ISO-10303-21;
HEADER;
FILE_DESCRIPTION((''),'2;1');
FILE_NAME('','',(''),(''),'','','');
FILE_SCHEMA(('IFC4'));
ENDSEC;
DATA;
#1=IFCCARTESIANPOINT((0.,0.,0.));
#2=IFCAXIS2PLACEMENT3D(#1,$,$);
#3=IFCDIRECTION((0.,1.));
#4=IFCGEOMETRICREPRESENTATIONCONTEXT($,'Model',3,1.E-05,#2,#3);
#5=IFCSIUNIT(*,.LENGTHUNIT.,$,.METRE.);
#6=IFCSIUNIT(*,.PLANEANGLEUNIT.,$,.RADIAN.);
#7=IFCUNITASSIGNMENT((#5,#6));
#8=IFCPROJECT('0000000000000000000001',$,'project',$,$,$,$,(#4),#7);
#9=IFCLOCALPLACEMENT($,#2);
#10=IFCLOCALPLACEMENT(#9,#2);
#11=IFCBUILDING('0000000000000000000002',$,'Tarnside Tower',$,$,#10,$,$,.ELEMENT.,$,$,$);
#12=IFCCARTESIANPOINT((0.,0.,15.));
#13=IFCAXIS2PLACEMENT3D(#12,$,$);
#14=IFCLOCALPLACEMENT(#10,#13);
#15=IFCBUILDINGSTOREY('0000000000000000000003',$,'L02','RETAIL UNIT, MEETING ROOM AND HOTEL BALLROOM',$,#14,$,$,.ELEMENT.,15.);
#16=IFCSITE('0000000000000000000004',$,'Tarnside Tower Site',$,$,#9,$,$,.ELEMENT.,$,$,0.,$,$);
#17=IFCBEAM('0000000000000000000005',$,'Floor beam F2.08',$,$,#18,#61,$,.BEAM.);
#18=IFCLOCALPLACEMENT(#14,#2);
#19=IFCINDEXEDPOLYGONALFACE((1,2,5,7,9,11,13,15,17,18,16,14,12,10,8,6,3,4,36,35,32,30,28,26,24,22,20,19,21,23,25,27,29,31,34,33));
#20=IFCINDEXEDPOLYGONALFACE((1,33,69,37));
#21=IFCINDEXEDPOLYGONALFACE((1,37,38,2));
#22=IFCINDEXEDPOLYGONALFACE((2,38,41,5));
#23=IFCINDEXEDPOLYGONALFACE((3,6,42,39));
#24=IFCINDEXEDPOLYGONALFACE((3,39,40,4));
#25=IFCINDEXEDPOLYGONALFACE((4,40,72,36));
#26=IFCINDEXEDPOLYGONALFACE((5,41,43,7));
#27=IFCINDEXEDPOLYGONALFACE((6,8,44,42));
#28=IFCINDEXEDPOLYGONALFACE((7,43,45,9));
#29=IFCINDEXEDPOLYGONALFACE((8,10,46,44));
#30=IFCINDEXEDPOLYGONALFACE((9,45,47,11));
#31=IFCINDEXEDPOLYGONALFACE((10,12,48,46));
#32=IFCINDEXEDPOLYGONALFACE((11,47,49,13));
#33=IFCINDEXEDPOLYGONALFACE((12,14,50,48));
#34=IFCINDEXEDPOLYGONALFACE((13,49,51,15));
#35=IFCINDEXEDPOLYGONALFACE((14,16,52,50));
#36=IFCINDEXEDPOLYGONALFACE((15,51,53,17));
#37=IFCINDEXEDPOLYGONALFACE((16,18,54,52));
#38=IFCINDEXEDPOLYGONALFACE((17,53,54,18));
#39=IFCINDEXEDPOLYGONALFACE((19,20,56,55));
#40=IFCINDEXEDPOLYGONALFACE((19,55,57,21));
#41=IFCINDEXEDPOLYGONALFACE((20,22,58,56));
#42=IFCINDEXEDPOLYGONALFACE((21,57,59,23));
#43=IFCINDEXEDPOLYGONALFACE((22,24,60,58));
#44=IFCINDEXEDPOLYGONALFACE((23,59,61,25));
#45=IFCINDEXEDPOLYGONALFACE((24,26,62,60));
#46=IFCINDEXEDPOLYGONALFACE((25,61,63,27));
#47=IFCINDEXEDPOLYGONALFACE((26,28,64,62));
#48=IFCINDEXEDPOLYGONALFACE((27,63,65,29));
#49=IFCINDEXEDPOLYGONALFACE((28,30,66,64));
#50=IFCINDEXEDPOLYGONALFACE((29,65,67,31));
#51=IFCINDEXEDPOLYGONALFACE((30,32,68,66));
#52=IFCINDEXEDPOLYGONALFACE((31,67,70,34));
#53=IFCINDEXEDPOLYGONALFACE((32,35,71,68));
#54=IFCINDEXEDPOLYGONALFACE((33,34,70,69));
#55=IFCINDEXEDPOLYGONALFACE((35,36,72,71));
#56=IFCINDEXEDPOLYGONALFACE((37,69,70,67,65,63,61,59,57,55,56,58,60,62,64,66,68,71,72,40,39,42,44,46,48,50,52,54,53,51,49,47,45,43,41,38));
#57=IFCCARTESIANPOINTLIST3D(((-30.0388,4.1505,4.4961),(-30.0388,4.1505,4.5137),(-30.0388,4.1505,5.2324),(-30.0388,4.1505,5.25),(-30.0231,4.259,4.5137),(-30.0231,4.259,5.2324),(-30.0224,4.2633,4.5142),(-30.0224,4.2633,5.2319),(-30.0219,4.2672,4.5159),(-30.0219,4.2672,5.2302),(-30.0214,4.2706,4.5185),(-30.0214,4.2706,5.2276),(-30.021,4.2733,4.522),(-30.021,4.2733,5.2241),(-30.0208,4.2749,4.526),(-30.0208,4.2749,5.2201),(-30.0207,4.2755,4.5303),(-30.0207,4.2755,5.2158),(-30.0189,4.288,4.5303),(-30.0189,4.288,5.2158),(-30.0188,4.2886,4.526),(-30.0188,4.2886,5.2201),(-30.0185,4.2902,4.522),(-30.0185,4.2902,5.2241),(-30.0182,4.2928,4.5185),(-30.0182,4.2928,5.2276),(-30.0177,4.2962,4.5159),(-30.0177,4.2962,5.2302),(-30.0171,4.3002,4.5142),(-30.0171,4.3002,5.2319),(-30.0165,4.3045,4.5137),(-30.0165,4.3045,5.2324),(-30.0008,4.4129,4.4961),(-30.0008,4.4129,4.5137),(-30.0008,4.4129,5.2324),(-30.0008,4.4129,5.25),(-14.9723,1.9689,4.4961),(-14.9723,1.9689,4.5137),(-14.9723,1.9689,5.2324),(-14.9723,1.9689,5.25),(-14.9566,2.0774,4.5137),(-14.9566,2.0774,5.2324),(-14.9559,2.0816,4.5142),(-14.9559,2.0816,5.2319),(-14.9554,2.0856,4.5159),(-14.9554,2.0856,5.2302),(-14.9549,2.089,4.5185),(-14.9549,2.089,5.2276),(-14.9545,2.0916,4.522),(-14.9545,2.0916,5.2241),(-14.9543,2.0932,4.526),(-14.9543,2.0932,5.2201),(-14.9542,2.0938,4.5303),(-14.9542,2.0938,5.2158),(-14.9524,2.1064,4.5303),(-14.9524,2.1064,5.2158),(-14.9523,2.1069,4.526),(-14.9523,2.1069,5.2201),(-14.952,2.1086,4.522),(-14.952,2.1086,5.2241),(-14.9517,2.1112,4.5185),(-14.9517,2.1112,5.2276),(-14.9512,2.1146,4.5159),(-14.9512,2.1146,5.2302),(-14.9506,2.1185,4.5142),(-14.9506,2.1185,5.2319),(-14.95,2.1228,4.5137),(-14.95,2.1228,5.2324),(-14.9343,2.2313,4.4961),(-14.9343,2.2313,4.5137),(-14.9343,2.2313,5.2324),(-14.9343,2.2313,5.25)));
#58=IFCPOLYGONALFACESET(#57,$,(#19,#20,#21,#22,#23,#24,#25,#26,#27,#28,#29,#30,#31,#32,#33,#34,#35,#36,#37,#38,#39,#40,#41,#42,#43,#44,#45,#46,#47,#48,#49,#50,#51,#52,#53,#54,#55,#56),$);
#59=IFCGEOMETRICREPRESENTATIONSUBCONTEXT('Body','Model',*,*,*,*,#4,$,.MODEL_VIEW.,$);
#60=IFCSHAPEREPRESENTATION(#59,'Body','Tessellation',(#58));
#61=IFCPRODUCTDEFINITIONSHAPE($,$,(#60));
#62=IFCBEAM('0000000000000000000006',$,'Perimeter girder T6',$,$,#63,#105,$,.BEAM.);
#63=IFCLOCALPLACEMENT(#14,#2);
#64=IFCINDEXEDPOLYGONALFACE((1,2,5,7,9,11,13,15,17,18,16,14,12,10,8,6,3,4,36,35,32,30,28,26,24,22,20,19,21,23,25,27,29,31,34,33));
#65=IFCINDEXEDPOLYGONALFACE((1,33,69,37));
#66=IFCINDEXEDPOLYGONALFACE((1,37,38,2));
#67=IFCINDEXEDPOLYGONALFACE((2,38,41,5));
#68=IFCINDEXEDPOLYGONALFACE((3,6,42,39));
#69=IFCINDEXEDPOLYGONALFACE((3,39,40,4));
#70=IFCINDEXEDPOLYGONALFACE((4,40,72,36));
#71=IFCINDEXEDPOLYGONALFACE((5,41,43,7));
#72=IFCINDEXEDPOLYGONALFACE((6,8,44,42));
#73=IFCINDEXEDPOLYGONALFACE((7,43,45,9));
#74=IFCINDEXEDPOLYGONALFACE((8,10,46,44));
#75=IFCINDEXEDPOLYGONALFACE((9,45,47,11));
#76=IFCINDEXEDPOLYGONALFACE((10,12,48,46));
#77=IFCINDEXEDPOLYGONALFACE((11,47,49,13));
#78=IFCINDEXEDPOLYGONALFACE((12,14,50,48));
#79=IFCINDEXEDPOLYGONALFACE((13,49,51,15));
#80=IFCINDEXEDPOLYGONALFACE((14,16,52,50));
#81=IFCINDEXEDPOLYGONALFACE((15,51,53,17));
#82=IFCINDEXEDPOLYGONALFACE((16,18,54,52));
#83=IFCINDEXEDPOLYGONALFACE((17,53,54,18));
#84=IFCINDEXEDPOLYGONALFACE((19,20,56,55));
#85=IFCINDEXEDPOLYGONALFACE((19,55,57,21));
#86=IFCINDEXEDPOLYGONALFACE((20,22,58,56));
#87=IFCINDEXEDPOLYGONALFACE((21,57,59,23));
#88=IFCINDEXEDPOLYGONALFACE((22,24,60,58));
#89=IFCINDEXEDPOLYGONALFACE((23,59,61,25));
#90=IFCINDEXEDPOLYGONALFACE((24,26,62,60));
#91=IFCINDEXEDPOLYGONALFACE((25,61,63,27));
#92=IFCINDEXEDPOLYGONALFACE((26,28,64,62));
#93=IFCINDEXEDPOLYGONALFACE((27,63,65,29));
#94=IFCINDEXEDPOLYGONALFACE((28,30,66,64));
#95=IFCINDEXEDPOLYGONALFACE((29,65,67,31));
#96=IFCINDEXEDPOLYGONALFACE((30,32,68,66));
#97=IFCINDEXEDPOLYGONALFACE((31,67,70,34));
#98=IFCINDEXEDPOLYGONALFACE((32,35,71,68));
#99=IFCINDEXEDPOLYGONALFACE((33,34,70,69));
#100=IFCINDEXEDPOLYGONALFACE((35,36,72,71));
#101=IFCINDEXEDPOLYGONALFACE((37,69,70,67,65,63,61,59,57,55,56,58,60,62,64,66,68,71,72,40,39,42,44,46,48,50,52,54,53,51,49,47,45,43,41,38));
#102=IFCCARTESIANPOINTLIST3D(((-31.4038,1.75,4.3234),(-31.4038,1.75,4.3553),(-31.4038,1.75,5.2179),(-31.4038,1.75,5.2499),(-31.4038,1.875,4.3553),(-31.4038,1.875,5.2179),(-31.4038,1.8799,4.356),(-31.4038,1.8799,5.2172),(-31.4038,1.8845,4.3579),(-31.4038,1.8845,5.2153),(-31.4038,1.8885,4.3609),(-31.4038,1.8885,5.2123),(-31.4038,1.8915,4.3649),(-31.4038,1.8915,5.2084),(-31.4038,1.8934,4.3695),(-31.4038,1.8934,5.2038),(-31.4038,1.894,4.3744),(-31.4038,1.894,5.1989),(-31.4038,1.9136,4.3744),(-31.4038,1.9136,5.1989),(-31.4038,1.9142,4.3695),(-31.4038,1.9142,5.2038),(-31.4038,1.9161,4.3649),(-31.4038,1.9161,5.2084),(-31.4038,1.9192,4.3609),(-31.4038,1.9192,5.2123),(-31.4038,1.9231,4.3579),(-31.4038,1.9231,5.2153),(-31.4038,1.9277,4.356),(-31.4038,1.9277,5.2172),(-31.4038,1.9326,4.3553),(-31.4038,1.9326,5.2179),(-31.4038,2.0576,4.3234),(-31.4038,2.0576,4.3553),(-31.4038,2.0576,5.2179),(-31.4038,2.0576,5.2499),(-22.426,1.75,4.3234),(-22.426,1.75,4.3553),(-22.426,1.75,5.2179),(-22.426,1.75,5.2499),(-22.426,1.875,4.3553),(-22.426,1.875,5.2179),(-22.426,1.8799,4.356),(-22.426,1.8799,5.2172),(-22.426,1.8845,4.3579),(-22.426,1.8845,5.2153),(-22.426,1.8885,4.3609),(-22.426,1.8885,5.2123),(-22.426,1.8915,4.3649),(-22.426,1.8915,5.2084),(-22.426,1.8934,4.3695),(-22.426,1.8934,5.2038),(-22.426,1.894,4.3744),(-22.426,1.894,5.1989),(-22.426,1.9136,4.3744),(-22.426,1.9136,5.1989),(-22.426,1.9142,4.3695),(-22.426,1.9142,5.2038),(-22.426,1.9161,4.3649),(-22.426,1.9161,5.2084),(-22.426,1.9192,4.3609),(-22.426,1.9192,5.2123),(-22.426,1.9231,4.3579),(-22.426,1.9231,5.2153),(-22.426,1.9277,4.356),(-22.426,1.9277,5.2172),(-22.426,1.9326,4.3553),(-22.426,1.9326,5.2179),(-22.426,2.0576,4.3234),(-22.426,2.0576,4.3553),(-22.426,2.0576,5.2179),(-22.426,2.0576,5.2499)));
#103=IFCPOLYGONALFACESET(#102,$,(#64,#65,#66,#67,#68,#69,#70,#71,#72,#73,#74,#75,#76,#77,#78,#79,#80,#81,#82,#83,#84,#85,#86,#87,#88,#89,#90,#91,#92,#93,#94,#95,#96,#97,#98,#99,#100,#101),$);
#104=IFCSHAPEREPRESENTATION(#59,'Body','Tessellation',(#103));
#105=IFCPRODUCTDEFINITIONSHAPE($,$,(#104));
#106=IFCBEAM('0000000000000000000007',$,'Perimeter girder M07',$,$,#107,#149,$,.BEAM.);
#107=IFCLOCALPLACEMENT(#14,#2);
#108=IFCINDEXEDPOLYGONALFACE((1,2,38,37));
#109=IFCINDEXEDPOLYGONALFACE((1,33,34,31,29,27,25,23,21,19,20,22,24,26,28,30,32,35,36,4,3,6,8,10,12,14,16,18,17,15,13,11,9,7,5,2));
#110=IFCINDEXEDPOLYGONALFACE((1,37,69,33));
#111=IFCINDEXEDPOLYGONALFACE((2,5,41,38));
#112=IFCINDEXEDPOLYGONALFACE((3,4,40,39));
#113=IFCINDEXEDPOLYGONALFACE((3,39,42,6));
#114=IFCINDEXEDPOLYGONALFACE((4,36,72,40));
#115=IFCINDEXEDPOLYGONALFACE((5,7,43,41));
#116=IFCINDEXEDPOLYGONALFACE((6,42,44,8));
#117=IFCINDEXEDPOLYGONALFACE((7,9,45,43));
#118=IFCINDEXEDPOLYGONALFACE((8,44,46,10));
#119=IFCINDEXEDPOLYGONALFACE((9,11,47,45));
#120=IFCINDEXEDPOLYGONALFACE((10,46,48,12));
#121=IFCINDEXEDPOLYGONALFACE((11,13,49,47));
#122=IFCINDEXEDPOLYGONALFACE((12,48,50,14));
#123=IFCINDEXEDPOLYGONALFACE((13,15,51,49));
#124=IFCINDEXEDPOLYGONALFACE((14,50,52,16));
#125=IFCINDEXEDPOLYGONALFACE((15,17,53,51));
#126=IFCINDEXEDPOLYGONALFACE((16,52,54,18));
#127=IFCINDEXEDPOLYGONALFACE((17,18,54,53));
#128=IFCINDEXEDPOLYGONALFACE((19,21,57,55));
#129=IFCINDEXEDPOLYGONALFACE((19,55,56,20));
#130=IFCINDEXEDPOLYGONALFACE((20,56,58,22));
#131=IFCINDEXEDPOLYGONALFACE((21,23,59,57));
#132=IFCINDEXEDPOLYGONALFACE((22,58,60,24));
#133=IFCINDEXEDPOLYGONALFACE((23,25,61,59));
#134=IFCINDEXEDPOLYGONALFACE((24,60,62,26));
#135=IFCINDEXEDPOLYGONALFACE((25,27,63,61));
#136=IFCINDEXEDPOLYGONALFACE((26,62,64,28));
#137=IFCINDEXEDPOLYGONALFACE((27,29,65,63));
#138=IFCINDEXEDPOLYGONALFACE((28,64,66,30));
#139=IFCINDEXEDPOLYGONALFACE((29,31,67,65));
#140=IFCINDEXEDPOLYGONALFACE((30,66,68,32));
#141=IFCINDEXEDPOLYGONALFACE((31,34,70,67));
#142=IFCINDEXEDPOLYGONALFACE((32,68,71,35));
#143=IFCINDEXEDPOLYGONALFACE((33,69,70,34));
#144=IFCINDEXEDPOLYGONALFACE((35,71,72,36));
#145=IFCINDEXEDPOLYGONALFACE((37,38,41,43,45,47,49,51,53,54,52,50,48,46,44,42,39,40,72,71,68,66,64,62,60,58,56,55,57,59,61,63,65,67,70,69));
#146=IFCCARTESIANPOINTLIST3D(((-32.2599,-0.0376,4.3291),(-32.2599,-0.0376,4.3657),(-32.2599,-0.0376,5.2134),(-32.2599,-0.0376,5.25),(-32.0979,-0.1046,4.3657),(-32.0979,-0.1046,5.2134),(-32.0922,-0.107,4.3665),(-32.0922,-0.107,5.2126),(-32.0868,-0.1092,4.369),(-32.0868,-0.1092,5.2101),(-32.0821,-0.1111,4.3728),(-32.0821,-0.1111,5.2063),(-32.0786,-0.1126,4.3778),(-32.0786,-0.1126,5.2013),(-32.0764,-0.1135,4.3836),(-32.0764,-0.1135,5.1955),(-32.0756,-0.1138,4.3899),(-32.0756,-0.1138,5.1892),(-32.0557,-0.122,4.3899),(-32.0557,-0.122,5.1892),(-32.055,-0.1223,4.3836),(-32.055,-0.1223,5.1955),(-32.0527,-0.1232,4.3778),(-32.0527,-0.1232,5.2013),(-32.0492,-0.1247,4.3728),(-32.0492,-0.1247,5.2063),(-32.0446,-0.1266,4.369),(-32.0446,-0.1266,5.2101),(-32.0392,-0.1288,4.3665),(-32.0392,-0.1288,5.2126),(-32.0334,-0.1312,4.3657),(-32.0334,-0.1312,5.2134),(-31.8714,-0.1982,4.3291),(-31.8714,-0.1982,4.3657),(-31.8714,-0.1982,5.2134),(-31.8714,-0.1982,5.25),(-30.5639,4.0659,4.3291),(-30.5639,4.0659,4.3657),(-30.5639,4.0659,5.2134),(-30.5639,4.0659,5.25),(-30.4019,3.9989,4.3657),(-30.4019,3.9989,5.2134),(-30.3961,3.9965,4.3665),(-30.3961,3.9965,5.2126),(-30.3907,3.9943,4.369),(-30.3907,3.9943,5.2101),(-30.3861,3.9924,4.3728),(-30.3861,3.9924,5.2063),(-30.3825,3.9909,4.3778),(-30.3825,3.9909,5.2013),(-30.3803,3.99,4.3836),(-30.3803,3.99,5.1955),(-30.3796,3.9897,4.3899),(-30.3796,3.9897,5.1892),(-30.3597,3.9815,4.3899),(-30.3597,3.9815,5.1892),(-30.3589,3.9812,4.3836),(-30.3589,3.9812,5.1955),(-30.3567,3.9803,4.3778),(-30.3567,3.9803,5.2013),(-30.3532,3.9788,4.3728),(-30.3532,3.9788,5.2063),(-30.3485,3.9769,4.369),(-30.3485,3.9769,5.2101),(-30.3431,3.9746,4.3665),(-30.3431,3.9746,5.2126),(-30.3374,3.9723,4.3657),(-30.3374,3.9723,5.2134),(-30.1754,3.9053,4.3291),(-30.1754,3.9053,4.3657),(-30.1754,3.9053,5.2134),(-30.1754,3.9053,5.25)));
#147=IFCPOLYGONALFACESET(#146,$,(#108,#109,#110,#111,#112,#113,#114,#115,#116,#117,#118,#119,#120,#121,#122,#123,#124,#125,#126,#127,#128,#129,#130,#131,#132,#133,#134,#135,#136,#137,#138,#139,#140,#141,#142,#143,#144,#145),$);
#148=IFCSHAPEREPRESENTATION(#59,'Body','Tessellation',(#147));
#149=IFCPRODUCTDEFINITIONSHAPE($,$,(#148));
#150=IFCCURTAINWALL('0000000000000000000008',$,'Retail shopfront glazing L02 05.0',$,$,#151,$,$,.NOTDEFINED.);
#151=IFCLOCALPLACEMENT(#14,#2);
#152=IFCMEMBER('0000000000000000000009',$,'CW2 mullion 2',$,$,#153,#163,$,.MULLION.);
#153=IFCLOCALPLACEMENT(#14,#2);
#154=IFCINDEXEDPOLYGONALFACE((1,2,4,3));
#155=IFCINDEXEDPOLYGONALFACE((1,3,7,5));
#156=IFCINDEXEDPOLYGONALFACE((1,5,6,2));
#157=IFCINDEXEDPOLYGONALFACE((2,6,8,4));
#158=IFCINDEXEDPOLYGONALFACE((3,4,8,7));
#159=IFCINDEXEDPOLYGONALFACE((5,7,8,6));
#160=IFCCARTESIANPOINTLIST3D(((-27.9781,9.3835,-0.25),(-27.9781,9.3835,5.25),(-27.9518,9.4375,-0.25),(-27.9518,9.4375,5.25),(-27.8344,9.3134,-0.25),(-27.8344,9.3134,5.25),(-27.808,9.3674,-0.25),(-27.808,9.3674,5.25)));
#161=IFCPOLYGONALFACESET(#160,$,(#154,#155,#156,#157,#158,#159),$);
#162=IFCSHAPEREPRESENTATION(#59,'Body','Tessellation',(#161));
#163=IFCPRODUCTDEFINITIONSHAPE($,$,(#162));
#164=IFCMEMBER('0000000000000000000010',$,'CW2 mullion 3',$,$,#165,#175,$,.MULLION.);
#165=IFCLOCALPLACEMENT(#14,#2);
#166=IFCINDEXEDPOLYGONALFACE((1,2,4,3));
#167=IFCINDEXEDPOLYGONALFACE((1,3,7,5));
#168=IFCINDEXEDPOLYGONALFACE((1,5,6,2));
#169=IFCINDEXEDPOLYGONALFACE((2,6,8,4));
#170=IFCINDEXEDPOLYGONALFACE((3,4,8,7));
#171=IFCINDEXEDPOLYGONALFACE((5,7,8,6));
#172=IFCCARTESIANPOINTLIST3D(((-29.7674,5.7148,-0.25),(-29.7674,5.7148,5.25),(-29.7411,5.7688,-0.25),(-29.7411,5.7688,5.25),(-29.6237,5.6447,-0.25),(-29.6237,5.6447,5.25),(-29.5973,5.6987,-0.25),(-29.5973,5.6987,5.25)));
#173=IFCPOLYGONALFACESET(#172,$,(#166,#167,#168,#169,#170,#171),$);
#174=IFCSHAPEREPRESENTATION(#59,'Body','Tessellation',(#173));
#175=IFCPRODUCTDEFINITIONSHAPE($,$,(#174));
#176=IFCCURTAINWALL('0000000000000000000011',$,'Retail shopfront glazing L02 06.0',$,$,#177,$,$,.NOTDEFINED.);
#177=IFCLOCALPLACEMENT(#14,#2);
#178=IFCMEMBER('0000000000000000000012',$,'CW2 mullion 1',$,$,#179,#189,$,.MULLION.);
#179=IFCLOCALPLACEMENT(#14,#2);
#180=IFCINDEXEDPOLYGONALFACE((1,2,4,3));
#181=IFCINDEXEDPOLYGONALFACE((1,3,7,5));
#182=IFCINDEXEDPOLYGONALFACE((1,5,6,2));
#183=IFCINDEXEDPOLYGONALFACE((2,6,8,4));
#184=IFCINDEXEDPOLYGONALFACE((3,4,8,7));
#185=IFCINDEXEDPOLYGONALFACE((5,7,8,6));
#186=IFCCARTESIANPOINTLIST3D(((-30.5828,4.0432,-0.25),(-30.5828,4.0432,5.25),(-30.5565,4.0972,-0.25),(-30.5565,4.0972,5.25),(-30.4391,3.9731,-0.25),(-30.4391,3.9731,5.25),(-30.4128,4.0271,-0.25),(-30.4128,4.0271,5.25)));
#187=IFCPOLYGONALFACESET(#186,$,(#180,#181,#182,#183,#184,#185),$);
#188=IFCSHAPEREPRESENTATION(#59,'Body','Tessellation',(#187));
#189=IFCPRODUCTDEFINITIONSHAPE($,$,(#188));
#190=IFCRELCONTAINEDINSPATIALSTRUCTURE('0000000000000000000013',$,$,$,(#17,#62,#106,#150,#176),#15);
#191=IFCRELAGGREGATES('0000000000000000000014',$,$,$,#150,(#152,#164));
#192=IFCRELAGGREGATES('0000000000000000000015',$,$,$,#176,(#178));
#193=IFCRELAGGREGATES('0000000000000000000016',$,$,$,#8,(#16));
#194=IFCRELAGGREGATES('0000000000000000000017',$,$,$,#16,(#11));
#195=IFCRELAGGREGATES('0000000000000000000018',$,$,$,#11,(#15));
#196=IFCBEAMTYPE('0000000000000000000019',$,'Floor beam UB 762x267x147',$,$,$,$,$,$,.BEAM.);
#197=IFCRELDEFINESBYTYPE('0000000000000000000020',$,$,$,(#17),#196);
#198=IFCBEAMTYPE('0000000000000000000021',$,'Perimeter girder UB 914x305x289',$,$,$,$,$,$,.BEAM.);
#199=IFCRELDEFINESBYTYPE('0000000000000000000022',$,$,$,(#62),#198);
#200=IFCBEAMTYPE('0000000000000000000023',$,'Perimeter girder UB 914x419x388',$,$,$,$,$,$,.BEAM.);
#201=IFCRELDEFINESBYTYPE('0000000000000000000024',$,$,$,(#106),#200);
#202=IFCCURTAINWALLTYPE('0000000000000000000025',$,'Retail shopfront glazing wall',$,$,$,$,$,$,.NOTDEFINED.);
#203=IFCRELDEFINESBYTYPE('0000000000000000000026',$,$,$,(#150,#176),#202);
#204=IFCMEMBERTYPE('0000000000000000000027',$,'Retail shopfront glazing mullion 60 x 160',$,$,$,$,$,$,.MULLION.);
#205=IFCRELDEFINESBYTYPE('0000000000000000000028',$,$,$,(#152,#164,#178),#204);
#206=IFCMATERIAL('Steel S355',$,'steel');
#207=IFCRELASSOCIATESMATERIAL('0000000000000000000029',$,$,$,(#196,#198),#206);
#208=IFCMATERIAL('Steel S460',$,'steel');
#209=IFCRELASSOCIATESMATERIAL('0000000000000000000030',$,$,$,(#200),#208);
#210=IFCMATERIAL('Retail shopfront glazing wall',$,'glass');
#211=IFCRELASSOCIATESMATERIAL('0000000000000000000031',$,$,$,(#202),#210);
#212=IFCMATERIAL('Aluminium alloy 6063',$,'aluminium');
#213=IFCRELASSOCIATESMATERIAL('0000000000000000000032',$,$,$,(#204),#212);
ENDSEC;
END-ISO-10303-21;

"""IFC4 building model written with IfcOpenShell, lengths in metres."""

from ifc_helpers import new_model, si_unit, direction, frame, origin, origin_2d, place, context, subcontext, project, spatial, rectangle, i_section, extrude, material, material_profile, profile_set, type_object, element, aggregate, save


model = new_model("IFC4")

# Units and contexts
model_context = context("Model", 3, precision=1e-05, world=origin(), true_north=direction((0.0, 1.0)))
body_context = subcontext(model_context, "Body", "Model", "MODEL_VIEW")
ifc_project = project(units=[si_unit("LENGTHUNIT", "METRE"), si_unit("PLANEANGLEUNIT", "RADIAN")], contexts=[model_context])

# Site, building, storey
site_placement = place(None, origin())
site = spatial("IfcSite", under=ifc_project, at=site_placement, Name="Tarnside Tower Site", CompositionType="ELEMENT", RefElevation=0.0)
building_placement = place(site_placement, origin())
building = spatial("IfcBuilding", under=site, at=building_placement, Name="Tarnside Tower", CompositionType="ELEMENT")
storey_placement = place(building_placement, frame((0.0, 0.0, 15.0)))
storey = spatial("IfcBuildingStorey", under=building, at=storey_placement, Name="L02", Description="RETAIL UNIT, MEETING ROOM AND HOTEL BALLROOM", CompositionType="ELEMENT", Elevation=15.0)

# Shared definitions
ifc_material_1 = material(Name="Steel S460", Category="steel")

# Beams
ifc_material_2 = material(Name="Steel S355", Category="steel")
ifc_material_profile_1 = material_profile(ifc_material_2, i_section(OverallWidth=0.2651, OverallDepth=0.7539, WebThickness=0.0127, FlangeThickness=0.0176, FilletRadius=0.0166, at=origin_2d()), Name="UB 762x267x147")
ifc_profile_set_1 = profile_set([ifc_material_profile_1], Name="Steel S355")
beam_type_1 = type_object("IfcBeamType", Name="Floor beam UB 762x267x147", PredefinedType="BEAM", material=ifc_profile_set_1)
beam_1_placement = place(storey_placement, frame((-30.0198, 4.2817, 4.873), z_axis=(0.989678, -0.143307, 0.0), x_axis=(0.143307, 0.989678, 0.0)))
element("IfcBeam", 1, at=beam_1_placement, inside=storey, type_object=beam_type_1, Name="Floor beam F2.08", PredefinedType="BEAM", context=body_context, shape_type="SweptSolid", body=[
    extrude(i_section(OverallWidth=0.2651, OverallDepth=0.7539, WebThickness=0.0127, FlangeThickness=0.0176, FilletRadius=0.0166, at=origin_2d()), origin(), (0.0, 0.0, 1.0), 15.2236),
])
ifc_material_profile_2 = material_profile(ifc_material_2, i_section(OverallWidth=0.3076, OverallDepth=0.9265, WebThickness=0.0195, FlangeThickness=0.032, FilletRadius=0.019, at=origin_2d()), Name="UB 914x305x289")
ifc_profile_set_2 = profile_set([ifc_material_profile_2], Name="Steel S355")
beam_type_2 = type_object("IfcBeamType", Name="Perimeter girder UB 914x305x289", PredefinedType="BEAM", material=ifc_profile_set_2)
beam_2_placement = place(storey_placement, frame((-31.4038, 1.9038, 4.7866), z_axis=(1.0, 0.0, 0.0), x_axis=(0.0, 1.0, 0.0)))
element("IfcBeam", 2, at=beam_2_placement, inside=storey, type_object=beam_type_2, Name="Perimeter girder T6", PredefinedType="BEAM", context=body_context, shape_type="SweptSolid", body=[
    extrude(i_section(OverallWidth=0.3076, OverallDepth=0.9265, WebThickness=0.0195, FlangeThickness=0.032, FilletRadius=0.019, at=origin_2d()), origin(), (0.0, 0.0, 1.0), 8.9778),
])
ifc_material_profile_3 = material_profile(ifc_material_1, i_section(OverallWidth=0.4204, OverallDepth=0.9209, WebThickness=0.0215, FlangeThickness=0.0366, FilletRadius=0.0242, at=origin_2d()), Name="UB 914x419x388")
ifc_profile_set_3 = profile_set([ifc_material_profile_3], Name="Steel S460")
beam_type_3 = type_object("IfcBeamType", Name="Perimeter girder UB 914x419x388", PredefinedType="BEAM", material=ifc_profile_set_3)
beam_3_placement = place(storey_placement, frame((-30.3696, 3.9856, 4.7896), z_axis=(-0.381975, -0.924173, 0.0), x_axis=(0.924173, -0.381975, 0.0)))
element("IfcBeam", 3, at=beam_3_placement, inside=storey, type_object=beam_type_3, Name="Perimeter girder M07", PredefinedType="BEAM", context=body_context, shape_type="SweptSolid", body=[
    extrude(i_section(OverallWidth=0.4204, OverallDepth=0.9209, WebThickness=0.0215, FlangeThickness=0.0366, FilletRadius=0.0242, at=origin_2d()), origin(), (0.0, 0.0, 1.0), 4.4402),
])

# Curtain wall, members
ifc_material_3 = material(Name="Retail shopfront glazing wall", Category="glass")
curtain_wall_type = type_object("IfcCurtainWallType", Name="Retail shopfront glazing wall", PredefinedType="NOTDEFINED", material=ifc_material_3)
curtain_wall_1_placement = place(storey_placement, origin())
curtain_wall_1 = element("IfcCurtainWall", 4, at=curtain_wall_1_placement, inside=storey, type_object=curtain_wall_type, Name="Retail shopfront glazing L02 05.0", PredefinedType="NOTDEFINED")
ifc_material_4 = material(Name="Aluminium alloy 6063", Category="aluminium")
ifc_material_profile_4 = material_profile(ifc_material_4, rectangle(XDim=0.1599, YDim=0.0601, at=origin_2d()), Name="Retail shopfront glazing mullion 60 x 160")
ifc_profile_set_4 = profile_set([ifc_material_profile_4], Name="Aluminium alloy 6063")
member_type_1 = type_object("IfcMemberType", Name="Retail shopfront glazing mullion 60 x 160", PredefinedType="MULLION", material=ifc_profile_set_4)
member_1_placement = place(storey_placement, frame((-27.8931, 9.3755, -0.25), z_axis=(0.0, 0.0, 1.0), x_axis=(0.898794, -0.438371, 0.0)))
member_1 = element("IfcMember", 5, at=member_1_placement, type_object=member_type_1, Name="CW2 mullion 2", PredefinedType="MULLION", context=body_context, shape_type="SweptSolid", body=[
    extrude(rectangle(XDim=0.1599, YDim=0.0601, at=origin_2d()), origin(), (0.0, 0.0, 1.0), 5.5),
])
member_2_placement = place(storey_placement, frame((-29.6824, 5.7068, -0.25), z_axis=(0.0, 0.0, 1.0), x_axis=(0.898794, -0.438371, 0.0)))
member_2 = element("IfcMember", 6, at=member_2_placement, type_object=member_type_1, Name="CW2 mullion 3", PredefinedType="MULLION", context=body_context, shape_type="SweptSolid", body=[
    extrude(rectangle(XDim=0.1599, YDim=0.0601, at=origin_2d()), origin(), (0.0, 0.0, 1.0), 5.5),
])

# Curtain wall, member
curtain_wall_2_placement = place(storey_placement, origin())
curtain_wall_2 = element("IfcCurtainWall", 7, at=curtain_wall_2_placement, inside=storey, type_object=curtain_wall_type, Name="Retail shopfront glazing L02 06.0", PredefinedType="NOTDEFINED")
member_3_placement = place(storey_placement, frame((-30.4978, 4.0352, -0.25), z_axis=(0.0, 0.0, 1.0), x_axis=(0.898794, -0.438371, 0.0)))
member_3 = element("IfcMember", 8, at=member_3_placement, type_object=member_type_1, Name="CW2 mullion 1", PredefinedType="MULLION", context=body_context, shape_type="SweptSolid", body=[
    extrude(rectangle(XDim=0.1599, YDim=0.0601, at=origin_2d()), origin(), (0.0, 0.0, 1.0), 5.5),
])

aggregate(curtain_wall_1, [member_1, member_2])
aggregate(curtain_wall_2, [member_3])

save(model, "model.ifc")
